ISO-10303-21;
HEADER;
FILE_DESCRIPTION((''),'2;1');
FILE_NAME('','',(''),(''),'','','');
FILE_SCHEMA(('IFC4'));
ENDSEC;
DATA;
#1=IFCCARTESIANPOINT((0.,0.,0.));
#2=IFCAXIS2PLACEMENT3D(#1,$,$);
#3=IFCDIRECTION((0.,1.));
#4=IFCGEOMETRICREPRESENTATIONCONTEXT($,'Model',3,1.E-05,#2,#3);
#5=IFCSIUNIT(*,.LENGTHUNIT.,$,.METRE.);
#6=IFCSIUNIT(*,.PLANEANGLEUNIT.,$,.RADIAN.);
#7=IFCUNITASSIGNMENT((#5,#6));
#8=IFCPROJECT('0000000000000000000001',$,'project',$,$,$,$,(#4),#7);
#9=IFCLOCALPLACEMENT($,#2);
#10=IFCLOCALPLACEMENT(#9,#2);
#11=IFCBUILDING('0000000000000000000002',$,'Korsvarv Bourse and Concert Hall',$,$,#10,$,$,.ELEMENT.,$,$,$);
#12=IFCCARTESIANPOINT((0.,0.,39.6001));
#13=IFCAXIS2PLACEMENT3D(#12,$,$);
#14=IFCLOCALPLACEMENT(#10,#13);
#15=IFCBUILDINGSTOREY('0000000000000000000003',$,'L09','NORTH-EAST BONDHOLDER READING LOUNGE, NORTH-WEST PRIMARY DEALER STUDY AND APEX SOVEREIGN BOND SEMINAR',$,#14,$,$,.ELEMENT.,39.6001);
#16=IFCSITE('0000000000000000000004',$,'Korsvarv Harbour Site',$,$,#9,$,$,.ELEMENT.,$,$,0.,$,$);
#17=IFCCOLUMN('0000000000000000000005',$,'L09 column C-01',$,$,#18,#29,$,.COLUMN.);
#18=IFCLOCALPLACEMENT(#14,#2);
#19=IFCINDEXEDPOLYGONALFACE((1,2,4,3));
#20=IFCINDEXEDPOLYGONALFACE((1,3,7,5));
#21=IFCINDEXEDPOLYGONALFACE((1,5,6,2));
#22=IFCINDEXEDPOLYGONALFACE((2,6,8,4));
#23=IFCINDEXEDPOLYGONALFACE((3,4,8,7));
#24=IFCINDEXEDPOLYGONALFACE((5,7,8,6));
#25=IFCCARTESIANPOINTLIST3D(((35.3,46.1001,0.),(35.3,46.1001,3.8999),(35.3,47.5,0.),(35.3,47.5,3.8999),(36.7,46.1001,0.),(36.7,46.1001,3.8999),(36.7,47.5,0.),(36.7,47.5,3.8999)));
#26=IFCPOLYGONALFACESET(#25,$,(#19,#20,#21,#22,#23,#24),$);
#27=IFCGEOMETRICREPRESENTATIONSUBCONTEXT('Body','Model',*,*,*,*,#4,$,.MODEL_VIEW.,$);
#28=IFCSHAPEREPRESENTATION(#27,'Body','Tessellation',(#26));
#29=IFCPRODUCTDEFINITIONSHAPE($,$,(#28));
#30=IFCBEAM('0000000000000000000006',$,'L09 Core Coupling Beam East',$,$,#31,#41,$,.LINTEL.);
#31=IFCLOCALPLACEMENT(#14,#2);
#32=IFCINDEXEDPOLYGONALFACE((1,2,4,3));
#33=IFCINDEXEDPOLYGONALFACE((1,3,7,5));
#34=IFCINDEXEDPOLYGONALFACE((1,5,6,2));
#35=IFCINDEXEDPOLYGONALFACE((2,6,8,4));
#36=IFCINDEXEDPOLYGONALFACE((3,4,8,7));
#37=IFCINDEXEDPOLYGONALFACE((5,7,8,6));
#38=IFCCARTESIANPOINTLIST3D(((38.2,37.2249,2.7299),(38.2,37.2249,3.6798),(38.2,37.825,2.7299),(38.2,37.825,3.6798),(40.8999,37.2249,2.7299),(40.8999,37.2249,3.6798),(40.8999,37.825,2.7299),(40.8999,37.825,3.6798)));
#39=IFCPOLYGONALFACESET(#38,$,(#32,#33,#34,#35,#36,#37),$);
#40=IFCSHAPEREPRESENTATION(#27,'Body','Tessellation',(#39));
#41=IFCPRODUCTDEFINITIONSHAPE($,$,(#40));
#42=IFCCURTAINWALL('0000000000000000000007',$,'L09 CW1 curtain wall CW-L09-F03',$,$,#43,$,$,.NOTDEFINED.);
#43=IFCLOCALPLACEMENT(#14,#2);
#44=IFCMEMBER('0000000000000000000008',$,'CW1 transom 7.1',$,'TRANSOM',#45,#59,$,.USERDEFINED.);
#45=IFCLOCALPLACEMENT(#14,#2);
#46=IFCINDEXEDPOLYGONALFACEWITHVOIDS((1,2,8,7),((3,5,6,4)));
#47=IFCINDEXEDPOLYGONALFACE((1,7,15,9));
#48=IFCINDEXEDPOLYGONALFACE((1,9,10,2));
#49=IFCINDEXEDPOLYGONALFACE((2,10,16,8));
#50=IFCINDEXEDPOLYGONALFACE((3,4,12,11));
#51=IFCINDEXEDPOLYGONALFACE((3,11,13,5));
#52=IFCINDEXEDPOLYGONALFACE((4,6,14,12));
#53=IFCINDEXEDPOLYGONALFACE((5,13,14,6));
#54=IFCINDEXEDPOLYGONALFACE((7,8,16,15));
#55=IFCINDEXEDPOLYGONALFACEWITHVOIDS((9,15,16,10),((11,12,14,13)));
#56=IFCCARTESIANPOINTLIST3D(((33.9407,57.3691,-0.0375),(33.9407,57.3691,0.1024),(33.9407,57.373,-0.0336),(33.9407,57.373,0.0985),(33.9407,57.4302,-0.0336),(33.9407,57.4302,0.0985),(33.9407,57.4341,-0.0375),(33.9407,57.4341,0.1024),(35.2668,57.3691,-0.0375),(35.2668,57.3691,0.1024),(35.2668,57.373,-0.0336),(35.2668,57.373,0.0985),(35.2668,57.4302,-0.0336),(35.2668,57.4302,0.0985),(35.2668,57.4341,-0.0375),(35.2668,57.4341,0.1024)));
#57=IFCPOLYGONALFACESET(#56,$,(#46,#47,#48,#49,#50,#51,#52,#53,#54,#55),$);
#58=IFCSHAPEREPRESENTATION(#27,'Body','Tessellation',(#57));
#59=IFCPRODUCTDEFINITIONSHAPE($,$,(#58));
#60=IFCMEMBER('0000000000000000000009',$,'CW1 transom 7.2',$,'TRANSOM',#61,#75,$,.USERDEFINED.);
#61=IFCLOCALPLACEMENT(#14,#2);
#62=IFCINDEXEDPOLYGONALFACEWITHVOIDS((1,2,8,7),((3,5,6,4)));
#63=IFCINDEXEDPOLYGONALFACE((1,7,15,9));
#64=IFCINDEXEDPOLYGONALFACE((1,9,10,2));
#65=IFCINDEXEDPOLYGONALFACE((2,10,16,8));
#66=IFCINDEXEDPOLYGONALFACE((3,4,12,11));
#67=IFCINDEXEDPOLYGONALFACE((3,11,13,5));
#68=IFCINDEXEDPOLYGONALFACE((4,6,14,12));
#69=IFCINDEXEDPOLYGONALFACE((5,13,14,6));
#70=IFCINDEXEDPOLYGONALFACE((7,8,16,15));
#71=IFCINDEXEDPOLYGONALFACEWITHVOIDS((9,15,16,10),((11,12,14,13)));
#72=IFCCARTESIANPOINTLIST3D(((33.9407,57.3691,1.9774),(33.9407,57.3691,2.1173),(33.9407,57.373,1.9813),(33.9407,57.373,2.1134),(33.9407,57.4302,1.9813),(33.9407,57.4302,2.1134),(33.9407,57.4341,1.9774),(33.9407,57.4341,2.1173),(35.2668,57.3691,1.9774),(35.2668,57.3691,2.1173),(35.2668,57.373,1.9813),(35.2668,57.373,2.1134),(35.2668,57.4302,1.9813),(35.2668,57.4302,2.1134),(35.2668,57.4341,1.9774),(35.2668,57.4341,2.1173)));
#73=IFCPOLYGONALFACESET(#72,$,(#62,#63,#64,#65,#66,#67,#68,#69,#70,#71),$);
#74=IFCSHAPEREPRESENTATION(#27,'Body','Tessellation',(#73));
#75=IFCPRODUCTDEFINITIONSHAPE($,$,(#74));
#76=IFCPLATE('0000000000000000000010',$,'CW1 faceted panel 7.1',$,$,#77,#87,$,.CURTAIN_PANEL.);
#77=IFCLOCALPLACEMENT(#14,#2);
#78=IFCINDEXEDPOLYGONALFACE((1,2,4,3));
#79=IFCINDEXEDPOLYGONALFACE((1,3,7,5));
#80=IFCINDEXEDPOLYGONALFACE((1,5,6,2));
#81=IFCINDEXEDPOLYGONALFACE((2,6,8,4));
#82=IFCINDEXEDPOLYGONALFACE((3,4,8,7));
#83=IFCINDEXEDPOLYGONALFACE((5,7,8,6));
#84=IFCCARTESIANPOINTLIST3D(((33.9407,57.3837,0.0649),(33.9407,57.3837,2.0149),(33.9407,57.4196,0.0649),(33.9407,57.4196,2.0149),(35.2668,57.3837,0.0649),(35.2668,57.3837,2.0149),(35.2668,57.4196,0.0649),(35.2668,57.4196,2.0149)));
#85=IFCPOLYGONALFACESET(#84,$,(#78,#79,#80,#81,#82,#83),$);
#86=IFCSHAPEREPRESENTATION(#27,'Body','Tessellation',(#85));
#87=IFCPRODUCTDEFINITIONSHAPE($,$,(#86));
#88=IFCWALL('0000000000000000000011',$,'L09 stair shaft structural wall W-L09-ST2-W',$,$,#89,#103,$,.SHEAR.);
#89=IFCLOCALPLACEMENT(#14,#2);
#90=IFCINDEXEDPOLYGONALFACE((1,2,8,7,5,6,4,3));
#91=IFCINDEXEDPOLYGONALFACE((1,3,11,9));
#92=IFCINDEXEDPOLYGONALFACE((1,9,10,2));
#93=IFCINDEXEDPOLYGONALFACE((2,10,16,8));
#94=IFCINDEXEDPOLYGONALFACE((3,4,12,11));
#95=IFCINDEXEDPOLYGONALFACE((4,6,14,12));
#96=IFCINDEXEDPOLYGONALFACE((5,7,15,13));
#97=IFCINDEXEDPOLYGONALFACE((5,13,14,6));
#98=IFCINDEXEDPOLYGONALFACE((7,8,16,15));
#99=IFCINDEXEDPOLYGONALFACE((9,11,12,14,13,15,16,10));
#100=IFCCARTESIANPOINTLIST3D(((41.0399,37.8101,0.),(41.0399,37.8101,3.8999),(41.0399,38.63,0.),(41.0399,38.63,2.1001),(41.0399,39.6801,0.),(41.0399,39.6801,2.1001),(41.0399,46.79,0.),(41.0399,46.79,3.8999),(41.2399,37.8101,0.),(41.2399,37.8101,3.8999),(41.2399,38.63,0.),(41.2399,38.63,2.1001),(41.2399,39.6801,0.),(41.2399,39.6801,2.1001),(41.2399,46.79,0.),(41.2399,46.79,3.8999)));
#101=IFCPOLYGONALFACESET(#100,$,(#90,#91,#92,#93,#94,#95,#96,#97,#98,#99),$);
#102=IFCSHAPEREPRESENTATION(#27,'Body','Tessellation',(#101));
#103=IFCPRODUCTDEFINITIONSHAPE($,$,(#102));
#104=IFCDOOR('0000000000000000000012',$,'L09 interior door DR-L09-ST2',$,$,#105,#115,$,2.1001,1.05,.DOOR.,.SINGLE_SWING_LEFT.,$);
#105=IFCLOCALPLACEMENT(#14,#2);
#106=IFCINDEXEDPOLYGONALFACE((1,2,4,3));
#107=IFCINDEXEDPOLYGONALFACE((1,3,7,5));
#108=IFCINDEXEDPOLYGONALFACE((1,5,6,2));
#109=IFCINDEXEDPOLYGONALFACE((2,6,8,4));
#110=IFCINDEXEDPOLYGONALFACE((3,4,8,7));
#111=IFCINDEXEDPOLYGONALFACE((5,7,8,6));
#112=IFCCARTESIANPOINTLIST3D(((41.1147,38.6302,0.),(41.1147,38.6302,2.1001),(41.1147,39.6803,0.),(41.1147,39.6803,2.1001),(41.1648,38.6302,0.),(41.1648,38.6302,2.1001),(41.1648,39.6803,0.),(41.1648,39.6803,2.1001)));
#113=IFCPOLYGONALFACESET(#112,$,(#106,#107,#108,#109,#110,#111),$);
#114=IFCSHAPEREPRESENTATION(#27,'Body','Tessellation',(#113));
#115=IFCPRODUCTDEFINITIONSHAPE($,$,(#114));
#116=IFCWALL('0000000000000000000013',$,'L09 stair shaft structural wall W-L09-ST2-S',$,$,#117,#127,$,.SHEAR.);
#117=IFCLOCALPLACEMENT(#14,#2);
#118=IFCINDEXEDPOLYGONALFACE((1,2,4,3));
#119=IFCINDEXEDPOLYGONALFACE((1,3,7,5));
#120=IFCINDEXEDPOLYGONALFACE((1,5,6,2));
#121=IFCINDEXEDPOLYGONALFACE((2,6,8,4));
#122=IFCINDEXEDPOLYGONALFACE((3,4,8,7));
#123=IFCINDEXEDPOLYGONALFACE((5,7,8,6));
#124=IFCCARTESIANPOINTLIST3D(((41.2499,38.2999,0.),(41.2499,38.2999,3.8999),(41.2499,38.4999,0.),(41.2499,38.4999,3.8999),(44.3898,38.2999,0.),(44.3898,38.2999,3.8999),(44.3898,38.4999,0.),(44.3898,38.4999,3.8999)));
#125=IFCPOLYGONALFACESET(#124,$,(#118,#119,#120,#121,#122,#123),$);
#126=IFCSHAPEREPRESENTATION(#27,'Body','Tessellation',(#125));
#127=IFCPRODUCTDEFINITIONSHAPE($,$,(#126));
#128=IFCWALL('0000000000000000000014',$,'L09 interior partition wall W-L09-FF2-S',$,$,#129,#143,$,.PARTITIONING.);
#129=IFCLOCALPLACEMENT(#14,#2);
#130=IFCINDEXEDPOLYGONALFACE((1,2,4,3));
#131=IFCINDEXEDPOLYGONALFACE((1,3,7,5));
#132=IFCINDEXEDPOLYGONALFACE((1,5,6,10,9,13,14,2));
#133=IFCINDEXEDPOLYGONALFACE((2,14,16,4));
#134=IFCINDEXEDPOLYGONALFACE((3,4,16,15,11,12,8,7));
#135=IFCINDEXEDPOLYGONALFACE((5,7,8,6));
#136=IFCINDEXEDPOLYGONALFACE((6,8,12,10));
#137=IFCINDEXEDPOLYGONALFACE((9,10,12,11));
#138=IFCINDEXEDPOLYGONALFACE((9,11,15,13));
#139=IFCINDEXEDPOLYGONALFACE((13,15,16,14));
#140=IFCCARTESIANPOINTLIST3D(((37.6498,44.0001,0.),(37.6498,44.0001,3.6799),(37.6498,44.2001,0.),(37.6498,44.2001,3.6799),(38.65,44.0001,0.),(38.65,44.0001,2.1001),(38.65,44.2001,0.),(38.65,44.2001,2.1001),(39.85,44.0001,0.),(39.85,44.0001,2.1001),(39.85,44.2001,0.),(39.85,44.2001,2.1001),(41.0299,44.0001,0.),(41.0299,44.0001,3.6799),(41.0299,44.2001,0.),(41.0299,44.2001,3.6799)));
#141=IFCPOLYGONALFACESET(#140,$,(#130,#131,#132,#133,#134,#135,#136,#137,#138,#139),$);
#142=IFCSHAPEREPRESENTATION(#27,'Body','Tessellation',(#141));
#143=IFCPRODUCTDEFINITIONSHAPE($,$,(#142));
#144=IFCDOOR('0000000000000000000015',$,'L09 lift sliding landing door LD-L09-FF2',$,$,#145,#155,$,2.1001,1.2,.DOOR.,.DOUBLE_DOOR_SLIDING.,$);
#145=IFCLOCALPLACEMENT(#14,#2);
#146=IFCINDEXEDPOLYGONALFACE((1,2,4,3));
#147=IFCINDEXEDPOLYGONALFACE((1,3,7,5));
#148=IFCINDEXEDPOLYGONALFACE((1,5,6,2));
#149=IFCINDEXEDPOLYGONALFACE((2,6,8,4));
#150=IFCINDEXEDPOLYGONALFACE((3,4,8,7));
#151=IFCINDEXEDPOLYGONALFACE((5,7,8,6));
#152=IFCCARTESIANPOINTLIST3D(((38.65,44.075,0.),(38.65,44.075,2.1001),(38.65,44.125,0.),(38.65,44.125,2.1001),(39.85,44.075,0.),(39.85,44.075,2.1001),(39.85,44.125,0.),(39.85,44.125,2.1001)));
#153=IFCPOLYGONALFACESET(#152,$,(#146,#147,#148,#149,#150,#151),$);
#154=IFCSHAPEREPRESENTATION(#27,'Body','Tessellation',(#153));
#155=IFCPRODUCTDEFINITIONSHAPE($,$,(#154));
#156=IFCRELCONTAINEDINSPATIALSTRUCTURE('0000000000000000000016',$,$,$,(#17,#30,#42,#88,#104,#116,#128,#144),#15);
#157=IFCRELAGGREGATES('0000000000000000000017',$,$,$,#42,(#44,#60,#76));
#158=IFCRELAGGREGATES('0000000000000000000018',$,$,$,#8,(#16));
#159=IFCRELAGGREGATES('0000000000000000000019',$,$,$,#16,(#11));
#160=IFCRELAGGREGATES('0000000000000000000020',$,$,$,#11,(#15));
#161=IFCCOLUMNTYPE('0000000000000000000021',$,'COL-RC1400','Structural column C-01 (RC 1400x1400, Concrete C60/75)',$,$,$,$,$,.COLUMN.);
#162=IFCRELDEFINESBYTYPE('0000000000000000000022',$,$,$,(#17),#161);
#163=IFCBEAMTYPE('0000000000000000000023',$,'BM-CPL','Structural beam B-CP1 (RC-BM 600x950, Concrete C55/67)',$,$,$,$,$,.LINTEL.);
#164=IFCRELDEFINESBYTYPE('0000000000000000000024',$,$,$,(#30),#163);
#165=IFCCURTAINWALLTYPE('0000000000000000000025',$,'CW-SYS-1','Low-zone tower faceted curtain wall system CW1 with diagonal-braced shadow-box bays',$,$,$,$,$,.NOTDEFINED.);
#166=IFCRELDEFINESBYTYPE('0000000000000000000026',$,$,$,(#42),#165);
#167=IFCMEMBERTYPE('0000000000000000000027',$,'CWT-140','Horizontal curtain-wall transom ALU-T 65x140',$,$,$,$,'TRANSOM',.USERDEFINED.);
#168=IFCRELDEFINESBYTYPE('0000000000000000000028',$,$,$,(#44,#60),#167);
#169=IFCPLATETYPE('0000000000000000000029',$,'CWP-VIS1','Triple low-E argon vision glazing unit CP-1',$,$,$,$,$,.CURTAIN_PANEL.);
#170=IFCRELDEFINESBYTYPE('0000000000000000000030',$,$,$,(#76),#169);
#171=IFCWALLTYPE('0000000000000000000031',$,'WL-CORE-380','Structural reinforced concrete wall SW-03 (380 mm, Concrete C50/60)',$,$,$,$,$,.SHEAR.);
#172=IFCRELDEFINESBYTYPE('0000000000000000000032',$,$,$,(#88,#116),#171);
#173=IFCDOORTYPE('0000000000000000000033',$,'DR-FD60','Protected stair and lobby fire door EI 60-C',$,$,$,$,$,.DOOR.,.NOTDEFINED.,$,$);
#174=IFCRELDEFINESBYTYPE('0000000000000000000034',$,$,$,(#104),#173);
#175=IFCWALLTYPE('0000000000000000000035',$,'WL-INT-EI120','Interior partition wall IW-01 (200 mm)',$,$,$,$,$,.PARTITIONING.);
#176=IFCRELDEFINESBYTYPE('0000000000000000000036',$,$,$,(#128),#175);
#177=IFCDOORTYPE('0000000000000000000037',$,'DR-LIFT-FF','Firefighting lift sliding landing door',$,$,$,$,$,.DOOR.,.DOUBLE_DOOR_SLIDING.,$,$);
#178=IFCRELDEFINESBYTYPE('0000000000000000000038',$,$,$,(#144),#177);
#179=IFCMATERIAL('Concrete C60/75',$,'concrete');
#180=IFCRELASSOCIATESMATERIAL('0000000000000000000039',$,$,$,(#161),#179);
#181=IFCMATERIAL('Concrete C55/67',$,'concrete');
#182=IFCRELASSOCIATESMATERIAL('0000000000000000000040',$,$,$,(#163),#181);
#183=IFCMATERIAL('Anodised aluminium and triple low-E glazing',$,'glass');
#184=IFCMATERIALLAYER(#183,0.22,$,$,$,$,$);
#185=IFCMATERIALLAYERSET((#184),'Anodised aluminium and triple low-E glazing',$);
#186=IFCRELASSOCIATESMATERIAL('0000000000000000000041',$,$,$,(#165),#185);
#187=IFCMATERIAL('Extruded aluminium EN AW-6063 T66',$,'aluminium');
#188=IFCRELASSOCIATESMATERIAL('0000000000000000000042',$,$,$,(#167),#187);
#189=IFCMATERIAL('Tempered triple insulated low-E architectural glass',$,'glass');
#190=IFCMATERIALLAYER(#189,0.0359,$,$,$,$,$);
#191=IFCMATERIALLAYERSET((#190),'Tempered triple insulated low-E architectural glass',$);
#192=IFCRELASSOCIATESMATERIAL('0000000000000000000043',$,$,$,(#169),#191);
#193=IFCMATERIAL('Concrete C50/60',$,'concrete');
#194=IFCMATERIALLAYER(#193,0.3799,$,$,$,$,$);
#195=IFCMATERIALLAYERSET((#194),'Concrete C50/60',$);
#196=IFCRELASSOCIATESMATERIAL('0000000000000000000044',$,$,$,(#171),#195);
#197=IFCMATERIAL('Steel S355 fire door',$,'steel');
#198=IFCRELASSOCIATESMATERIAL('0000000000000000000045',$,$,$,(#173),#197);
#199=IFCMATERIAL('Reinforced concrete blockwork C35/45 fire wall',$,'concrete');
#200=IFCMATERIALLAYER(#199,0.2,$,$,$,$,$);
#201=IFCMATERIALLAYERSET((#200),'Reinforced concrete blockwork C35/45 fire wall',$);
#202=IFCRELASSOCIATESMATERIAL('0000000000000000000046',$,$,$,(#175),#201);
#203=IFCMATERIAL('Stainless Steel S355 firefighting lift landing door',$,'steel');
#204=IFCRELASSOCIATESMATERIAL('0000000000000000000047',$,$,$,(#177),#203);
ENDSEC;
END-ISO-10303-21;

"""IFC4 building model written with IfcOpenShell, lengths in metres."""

from ifc_helpers import new_model, si_unit, direction, frame, frame_2d, origin, origin_2d, place, context, subcontext, project, spatial, rectangle, hollow_rectangle, extrude, source, transform, mapped, material, layer, layer_set, material_profile, profile_set, type_object, element, fill, aggregate, save


model = new_model("IFC4")

# Units and contexts
model_context = context("Model", 3, precision=1e-05, world=origin(), true_north=direction((0.0, 1.0)))
body_context = subcontext(model_context, "Body", "Model", "MODEL_VIEW")
ifc_project = project(units=[si_unit("LENGTHUNIT", "METRE"), si_unit("PLANEANGLEUNIT", "RADIAN")], contexts=[model_context])

# Site, building, storey
site_placement = place(None, origin())
site = spatial("IfcSite", under=ifc_project, at=site_placement, Name="Korsvarv Harbour Site", CompositionType="ELEMENT", RefElevation=0.0)
building_placement = place(site_placement, origin())
building = spatial("IfcBuilding", under=site, at=building_placement, Name="Korsvarv Bourse and Concert Hall", CompositionType="ELEMENT")
storey_placement = place(building_placement, frame((0.0, 0.0, 39.6001)))
storey = spatial("IfcBuildingStorey", under=building, at=storey_placement, Name="L09", Description="NORTH-EAST BONDHOLDER READING LOUNGE, NORTH-WEST PRIMARY DEALER STUDY AND APEX SOVEREIGN BOND SEMINAR", CompositionType="ELEMENT", Elevation=39.6001)

# Column
ifc_material_1 = material(Name="Concrete C60/75", Category="concrete")
ifc_material_profile_1 = material_profile(ifc_material_1, rectangle(XDim=1.3999, YDim=1.3999, at=origin_2d()), Name="RC 1400x1400")
ifc_profile_set_1 = profile_set([ifc_material_profile_1], Name="Concrete C60/75")
column_type = type_object("IfcColumnType", Name="COL-RC1400", Description="Structural column C-01 (RC 1400x1400, Concrete C60/75)", PredefinedType="COLUMN", material=ifc_profile_set_1)
shared_shape_1 = source(origin(), body_context, "Body", "SweptSolid", [
    extrude(rectangle(XDim=1.3999, YDim=1.3999, at=origin_2d()), origin(), (0.0, 0.0, 1.0), 3.8999),
])
column_placement = place(storey_placement, frame((36.0, 46.8, 0.0), z_axis=(0.0, 0.0, 1.0), x_axis=(1.0, 0.0, 0.0)))
element("IfcColumn", 1, at=column_placement, inside=storey, type_object=column_type, Name="L09 column C-01", PredefinedType="COLUMN", context=body_context, shape_type="MappedRepresentation", body=[
    mapped(shared_shape_1, transform((0.0, 0.0, 0.0), scale=1.0)),
])

# Beam
ifc_material_2 = material(Name="Concrete C55/67", Category="concrete")
ifc_material_profile_2 = material_profile(ifc_material_2, rectangle(XDim=0.6001, YDim=0.95, at=origin_2d()), Name="RC-BM 600x950")
ifc_profile_set_2 = profile_set([ifc_material_profile_2], Name="Concrete C55/67")
beam_type = type_object("IfcBeamType", Name="BM-CPL", Description="Structural beam B-CP1 (RC-BM 600x950, Concrete C55/67)", PredefinedType="LINTEL", material=ifc_profile_set_2)
shared_shape_2 = source(origin(), body_context, "Body", "SweptSolid", [
    extrude(rectangle(XDim=0.6001, YDim=0.95, at=origin_2d()), origin(), (0.0, 0.0, 1.0), 2.7),
])
beam_placement = place(storey_placement, frame((38.2, 37.5249, 3.2048), z_axis=(1.0, 0.0, 0.0), x_axis=(0.0, 1.0, 0.0)))
element("IfcBeam", 2, at=beam_placement, inside=storey, type_object=beam_type, Name="L09 Core Coupling Beam East", PredefinedType="LINTEL", context=body_context, shape_type="MappedRepresentation", body=[
    mapped(shared_shape_2, transform((0.0, 0.0, 0.0), scale=1.0)),
])

# Curtain wall, members, plate
ifc_material_3 = material(Name="Anodised aluminium and triple low-E glazing", Category="glass")
ifc_layer_1 = layer(ifc_material_3, 0.22)
ifc_layer_set_1 = layer_set([ifc_layer_1], Name="Anodised aluminium and triple low-E glazing")
curtain_wall_type = type_object("IfcCurtainWallType", Name="CW-SYS-1", Description="Low-zone tower faceted curtain wall system CW1 with diagonal-braced shadow-box bays", PredefinedType="NOTDEFINED", material=ifc_layer_set_1)
curtain_wall_placement = place(storey_placement, origin())
curtain_wall = element("IfcCurtainWall", 3, at=curtain_wall_placement, inside=storey, type_object=curtain_wall_type, Name="L09 CW1 curtain wall CW-L09-F03", PredefinedType="NOTDEFINED")
ifc_material_4 = material(Name="Extruded aluminium EN AW-6063 T66", Category="aluminium")
ifc_material_profile_3 = material_profile(ifc_material_4, hollow_rectangle(XDim=0.0649, YDim=0.1399, WallThickness=0.0039, at=origin_2d()), Name="ALU-T 65x140")
ifc_profile_set_3 = profile_set([ifc_material_profile_3], Name="Extruded aluminium EN AW-6063 T66")
member_type = type_object("IfcMemberType", Name="CWT-140", Description="Horizontal curtain-wall transom ALU-T 65x140", ElementType="TRANSOM", PredefinedType="USERDEFINED", material=ifc_profile_set_3)
shared_shape_3 = source(origin(), body_context, "Body", "SweptSolid", [
    extrude(hollow_rectangle(XDim=0.0649, YDim=0.1399, WallThickness=0.0039, at=origin_2d()), origin(), (0.0, 0.0, 1.0), 1.3262),
])
member_1_placement = place(storey_placement, frame((35.2668, 57.4016, 0.0325), z_axis=(-1.0, 0.0, 0.0), x_axis=(0.0, -1.0, 0.0)))
member_1 = element("IfcMember", 4, at=member_1_placement, type_object=member_type, Name="CW1 transom 7.1", ObjectType="TRANSOM", PredefinedType="USERDEFINED", context=body_context, shape_type="MappedRepresentation", body=[
    mapped(shared_shape_3, transform((0.0, 0.0, 0.0), scale=1.0)),
])
member_2_placement = place(storey_placement, frame((35.2668, 57.4016, 2.0474), z_axis=(-1.0, 0.0, 0.0), x_axis=(0.0, -1.0, 0.0)))
member_2 = element("IfcMember", 5, at=member_2_placement, type_object=member_type, Name="CW1 transom 7.2", ObjectType="TRANSOM", PredefinedType="USERDEFINED", context=body_context, shape_type="MappedRepresentation", body=[
    mapped(shared_shape_3, transform((0.0, 0.0, 0.0), scale=1.0)),
])
ifc_material_5 = material(Name="Tempered triple insulated low-E architectural glass", Category="glass")
ifc_layer_2 = layer(ifc_material_5, 0.0359)
ifc_layer_set_2 = layer_set([ifc_layer_2], Name="Tempered triple insulated low-E architectural glass")
plate_type = type_object("IfcPlateType", Name="CWP-VIS1", Description="Triple low-E argon vision glazing unit CP-1", PredefinedType="CURTAIN_PANEL", material=ifc_layer_set_2)
shared_shape_4 = source(origin(), body_context, "Body", "SweptSolid", [
    extrude(rectangle(XDim=1.3262, YDim=0.0359, at=origin_2d()), origin(), (0.0, 0.0, 1.0), 1.95),
])
plate_placement = place(storey_placement, frame((34.6038, 57.4016, 0.0649), z_axis=(0.0, 0.0, 1.0), x_axis=(-1.0, 0.0, 0.0)))
plate = element("IfcPlate", 6, at=plate_placement, type_object=plate_type, Name="CW1 faceted panel 7.1", PredefinedType="CURTAIN_PANEL", context=body_context, shape_type="MappedRepresentation", body=[
    mapped(shared_shape_4, transform((0.0, 0.0, 0.0), scale=1.0)),
])
aggregate(curtain_wall, [member_1, member_2, plate])

# Wall, opening, door
ifc_material_6 = material(Name="Concrete C50/60", Category="concrete")
ifc_layer_3 = layer(ifc_material_6, 0.3799)
ifc_layer_set_3 = layer_set([ifc_layer_3], Name="Concrete C50/60")
wall_type_1 = type_object("IfcWallType", Name="WL-CORE-380", Description="Structural reinforced concrete wall SW-03 (380 mm, Concrete C50/60)", PredefinedType="SHEAR", material=ifc_layer_set_3)
wall_1_placement = place(storey_placement, frame((41.1399, 37.8101, 0.0), z_axis=(0.0, 0.0, 1.0), x_axis=(0.0, 1.0, 0.0)))
wall_1 = element("IfcWall", 7, at=wall_1_placement, inside=storey, type_object=wall_type_1, Name="L09 stair shaft structural wall W-L09-ST2-W", PredefinedType="SHEAR", context=body_context, shape_type="SweptSolid", body=[
    extrude(rectangle(XDim=8.98, YDim=0.2, at=frame_2d((4.49, 0.0))), origin(), (0.0, 0.0, 1.0), 3.8999),
])
opening_1_placement = place(wall_1_placement, frame((0.8201, 0.0, 0.0)))
opening_1 = element("IfcOpeningElement", 8, at=opening_1_placement, cuts=wall_1, PredefinedType="OPENING", context=body_context, shape_type="SweptSolid", body=[
    extrude(rectangle(XDim=1.05, YDim=2.1001, at=frame_2d((0.5249, 1.05))), frame((0.0, 0.1099, 0.0), z_axis=(0.0, -1.0, 0.0), x_axis=(1.0, 0.0, 0.0)), (0.0, 0.0, 1.0), 0.22),
])
ifc_material_7 = material(Name="Steel S355 fire door", Category="steel")
door_type_1 = type_object("IfcDoorType", Name="DR-FD60", Description="Protected stair and lobby fire door EI 60-C", OperationType="NOTDEFINED", PredefinedType="DOOR", material=ifc_material_7)
door_1_placement = place(opening_1_placement, frame((1.05, 0.0, 0.0), z_axis=(0.0, 0.0, 1.0), x_axis=(-1.0, 0.0, 0.0)))
door_1 = element("IfcDoor", 9, at=door_1_placement, inside=storey, type_object=door_type_1, Name="L09 interior door DR-L09-ST2", OperationType="SINGLE_SWING_LEFT", OverallHeight=2.1001, OverallWidth=1.05, PredefinedType="DOOR", context=body_context, shape_type="SweptSolid", body=[
    extrude(rectangle(XDim=1.05, YDim=2.1001, at=frame_2d((0.5249, 1.05))), frame((0.0, 0.0249, 0.0), z_axis=(0.0, -1.0, 0.0), x_axis=(1.0, 0.0, 0.0)), (0.0, 0.0, 1.0), 0.05),
])
fill(opening_1, door_1)

# Wall
wall_2_placement = place(storey_placement, frame((41.25, 38.3999, 0.0), z_axis=(0.0, 0.0, 1.0), x_axis=(1.0, 0.0, 0.0)))
element("IfcWall", 10, at=wall_2_placement, inside=storey, type_object=wall_type_1, Name="L09 stair shaft structural wall W-L09-ST2-S", PredefinedType="SHEAR", context=body_context, shape_type="SweptSolid", body=[
    extrude(rectangle(XDim=3.1399, YDim=0.2, at=frame_2d((1.5698, 0.0))), origin(), (0.0, 0.0, 1.0), 3.8999),
])

# Wall, opening, door
ifc_material_8 = material(Name="Reinforced concrete blockwork C35/45 fire wall", Category="concrete")
ifc_layer_4 = layer(ifc_material_8, 0.2)
ifc_layer_set_4 = layer_set([ifc_layer_4], Name="Reinforced concrete blockwork C35/45 fire wall")
wall_type_2 = type_object("IfcWallType", Name="WL-INT-EI120", Description="Interior partition wall IW-01 (200 mm)", PredefinedType="PARTITIONING", material=ifc_layer_set_4)
wall_3_placement = place(storey_placement, frame((37.6499, 44.1001, 0.0), z_axis=(0.0, 0.0, 1.0), x_axis=(1.0, 0.0, 0.0)))
wall_3 = element("IfcWall", 11, at=wall_3_placement, inside=storey, type_object=wall_type_2, Name="L09 interior partition wall W-L09-FF2-S", PredefinedType="PARTITIONING", context=body_context, shape_type="SweptSolid", body=[
    extrude(rectangle(XDim=3.3801, YDim=0.2, at=frame_2d((1.6899, 0.0))), origin(), (0.0, 0.0, 1.0), 3.6799),
])
opening_2_placement = place(wall_3_placement, frame((1.0, 0.0, 0.0)))
opening_2 = element("IfcOpeningElement", 12, at=opening_2_placement, cuts=wall_3, PredefinedType="OPENING", context=body_context, shape_type="SweptSolid", body=[
    extrude(rectangle(XDim=1.2, YDim=2.1001, at=frame_2d((0.6001, 1.05))), frame((0.0, 0.1099, 0.0), z_axis=(0.0, -1.0, 0.0), x_axis=(1.0, 0.0, 0.0)), (0.0, 0.0, 1.0), 0.22),
])
ifc_material_9 = material(Name="Stainless Steel S355 firefighting lift landing door", Category="steel")
door_type_2 = type_object("IfcDoorType", Name="DR-LIFT-FF", Description="Firefighting lift sliding landing door", OperationType="DOUBLE_DOOR_SLIDING", PredefinedType="DOOR", material=ifc_material_9)
door_2_placement = place(opening_2_placement, origin())
door_2 = element("IfcDoor", 13, at=door_2_placement, inside=storey, type_object=door_type_2, Name="L09 lift sliding landing door LD-L09-FF2", OperationType="DOUBLE_DOOR_SLIDING", OverallHeight=2.1001, OverallWidth=1.2, PredefinedType="DOOR", context=body_context, shape_type="SweptSolid", body=[
    extrude(rectangle(XDim=1.2, YDim=2.1001, at=frame_2d((0.6001, 1.05))), frame((0.0, 0.0249, 0.0), z_axis=(0.0, -1.0, 0.0), x_axis=(1.0, 0.0, 0.0)), (0.0, 0.0, 1.0), 0.05),
])
fill(opening_2, door_2)

save(model, "model.ifc")
